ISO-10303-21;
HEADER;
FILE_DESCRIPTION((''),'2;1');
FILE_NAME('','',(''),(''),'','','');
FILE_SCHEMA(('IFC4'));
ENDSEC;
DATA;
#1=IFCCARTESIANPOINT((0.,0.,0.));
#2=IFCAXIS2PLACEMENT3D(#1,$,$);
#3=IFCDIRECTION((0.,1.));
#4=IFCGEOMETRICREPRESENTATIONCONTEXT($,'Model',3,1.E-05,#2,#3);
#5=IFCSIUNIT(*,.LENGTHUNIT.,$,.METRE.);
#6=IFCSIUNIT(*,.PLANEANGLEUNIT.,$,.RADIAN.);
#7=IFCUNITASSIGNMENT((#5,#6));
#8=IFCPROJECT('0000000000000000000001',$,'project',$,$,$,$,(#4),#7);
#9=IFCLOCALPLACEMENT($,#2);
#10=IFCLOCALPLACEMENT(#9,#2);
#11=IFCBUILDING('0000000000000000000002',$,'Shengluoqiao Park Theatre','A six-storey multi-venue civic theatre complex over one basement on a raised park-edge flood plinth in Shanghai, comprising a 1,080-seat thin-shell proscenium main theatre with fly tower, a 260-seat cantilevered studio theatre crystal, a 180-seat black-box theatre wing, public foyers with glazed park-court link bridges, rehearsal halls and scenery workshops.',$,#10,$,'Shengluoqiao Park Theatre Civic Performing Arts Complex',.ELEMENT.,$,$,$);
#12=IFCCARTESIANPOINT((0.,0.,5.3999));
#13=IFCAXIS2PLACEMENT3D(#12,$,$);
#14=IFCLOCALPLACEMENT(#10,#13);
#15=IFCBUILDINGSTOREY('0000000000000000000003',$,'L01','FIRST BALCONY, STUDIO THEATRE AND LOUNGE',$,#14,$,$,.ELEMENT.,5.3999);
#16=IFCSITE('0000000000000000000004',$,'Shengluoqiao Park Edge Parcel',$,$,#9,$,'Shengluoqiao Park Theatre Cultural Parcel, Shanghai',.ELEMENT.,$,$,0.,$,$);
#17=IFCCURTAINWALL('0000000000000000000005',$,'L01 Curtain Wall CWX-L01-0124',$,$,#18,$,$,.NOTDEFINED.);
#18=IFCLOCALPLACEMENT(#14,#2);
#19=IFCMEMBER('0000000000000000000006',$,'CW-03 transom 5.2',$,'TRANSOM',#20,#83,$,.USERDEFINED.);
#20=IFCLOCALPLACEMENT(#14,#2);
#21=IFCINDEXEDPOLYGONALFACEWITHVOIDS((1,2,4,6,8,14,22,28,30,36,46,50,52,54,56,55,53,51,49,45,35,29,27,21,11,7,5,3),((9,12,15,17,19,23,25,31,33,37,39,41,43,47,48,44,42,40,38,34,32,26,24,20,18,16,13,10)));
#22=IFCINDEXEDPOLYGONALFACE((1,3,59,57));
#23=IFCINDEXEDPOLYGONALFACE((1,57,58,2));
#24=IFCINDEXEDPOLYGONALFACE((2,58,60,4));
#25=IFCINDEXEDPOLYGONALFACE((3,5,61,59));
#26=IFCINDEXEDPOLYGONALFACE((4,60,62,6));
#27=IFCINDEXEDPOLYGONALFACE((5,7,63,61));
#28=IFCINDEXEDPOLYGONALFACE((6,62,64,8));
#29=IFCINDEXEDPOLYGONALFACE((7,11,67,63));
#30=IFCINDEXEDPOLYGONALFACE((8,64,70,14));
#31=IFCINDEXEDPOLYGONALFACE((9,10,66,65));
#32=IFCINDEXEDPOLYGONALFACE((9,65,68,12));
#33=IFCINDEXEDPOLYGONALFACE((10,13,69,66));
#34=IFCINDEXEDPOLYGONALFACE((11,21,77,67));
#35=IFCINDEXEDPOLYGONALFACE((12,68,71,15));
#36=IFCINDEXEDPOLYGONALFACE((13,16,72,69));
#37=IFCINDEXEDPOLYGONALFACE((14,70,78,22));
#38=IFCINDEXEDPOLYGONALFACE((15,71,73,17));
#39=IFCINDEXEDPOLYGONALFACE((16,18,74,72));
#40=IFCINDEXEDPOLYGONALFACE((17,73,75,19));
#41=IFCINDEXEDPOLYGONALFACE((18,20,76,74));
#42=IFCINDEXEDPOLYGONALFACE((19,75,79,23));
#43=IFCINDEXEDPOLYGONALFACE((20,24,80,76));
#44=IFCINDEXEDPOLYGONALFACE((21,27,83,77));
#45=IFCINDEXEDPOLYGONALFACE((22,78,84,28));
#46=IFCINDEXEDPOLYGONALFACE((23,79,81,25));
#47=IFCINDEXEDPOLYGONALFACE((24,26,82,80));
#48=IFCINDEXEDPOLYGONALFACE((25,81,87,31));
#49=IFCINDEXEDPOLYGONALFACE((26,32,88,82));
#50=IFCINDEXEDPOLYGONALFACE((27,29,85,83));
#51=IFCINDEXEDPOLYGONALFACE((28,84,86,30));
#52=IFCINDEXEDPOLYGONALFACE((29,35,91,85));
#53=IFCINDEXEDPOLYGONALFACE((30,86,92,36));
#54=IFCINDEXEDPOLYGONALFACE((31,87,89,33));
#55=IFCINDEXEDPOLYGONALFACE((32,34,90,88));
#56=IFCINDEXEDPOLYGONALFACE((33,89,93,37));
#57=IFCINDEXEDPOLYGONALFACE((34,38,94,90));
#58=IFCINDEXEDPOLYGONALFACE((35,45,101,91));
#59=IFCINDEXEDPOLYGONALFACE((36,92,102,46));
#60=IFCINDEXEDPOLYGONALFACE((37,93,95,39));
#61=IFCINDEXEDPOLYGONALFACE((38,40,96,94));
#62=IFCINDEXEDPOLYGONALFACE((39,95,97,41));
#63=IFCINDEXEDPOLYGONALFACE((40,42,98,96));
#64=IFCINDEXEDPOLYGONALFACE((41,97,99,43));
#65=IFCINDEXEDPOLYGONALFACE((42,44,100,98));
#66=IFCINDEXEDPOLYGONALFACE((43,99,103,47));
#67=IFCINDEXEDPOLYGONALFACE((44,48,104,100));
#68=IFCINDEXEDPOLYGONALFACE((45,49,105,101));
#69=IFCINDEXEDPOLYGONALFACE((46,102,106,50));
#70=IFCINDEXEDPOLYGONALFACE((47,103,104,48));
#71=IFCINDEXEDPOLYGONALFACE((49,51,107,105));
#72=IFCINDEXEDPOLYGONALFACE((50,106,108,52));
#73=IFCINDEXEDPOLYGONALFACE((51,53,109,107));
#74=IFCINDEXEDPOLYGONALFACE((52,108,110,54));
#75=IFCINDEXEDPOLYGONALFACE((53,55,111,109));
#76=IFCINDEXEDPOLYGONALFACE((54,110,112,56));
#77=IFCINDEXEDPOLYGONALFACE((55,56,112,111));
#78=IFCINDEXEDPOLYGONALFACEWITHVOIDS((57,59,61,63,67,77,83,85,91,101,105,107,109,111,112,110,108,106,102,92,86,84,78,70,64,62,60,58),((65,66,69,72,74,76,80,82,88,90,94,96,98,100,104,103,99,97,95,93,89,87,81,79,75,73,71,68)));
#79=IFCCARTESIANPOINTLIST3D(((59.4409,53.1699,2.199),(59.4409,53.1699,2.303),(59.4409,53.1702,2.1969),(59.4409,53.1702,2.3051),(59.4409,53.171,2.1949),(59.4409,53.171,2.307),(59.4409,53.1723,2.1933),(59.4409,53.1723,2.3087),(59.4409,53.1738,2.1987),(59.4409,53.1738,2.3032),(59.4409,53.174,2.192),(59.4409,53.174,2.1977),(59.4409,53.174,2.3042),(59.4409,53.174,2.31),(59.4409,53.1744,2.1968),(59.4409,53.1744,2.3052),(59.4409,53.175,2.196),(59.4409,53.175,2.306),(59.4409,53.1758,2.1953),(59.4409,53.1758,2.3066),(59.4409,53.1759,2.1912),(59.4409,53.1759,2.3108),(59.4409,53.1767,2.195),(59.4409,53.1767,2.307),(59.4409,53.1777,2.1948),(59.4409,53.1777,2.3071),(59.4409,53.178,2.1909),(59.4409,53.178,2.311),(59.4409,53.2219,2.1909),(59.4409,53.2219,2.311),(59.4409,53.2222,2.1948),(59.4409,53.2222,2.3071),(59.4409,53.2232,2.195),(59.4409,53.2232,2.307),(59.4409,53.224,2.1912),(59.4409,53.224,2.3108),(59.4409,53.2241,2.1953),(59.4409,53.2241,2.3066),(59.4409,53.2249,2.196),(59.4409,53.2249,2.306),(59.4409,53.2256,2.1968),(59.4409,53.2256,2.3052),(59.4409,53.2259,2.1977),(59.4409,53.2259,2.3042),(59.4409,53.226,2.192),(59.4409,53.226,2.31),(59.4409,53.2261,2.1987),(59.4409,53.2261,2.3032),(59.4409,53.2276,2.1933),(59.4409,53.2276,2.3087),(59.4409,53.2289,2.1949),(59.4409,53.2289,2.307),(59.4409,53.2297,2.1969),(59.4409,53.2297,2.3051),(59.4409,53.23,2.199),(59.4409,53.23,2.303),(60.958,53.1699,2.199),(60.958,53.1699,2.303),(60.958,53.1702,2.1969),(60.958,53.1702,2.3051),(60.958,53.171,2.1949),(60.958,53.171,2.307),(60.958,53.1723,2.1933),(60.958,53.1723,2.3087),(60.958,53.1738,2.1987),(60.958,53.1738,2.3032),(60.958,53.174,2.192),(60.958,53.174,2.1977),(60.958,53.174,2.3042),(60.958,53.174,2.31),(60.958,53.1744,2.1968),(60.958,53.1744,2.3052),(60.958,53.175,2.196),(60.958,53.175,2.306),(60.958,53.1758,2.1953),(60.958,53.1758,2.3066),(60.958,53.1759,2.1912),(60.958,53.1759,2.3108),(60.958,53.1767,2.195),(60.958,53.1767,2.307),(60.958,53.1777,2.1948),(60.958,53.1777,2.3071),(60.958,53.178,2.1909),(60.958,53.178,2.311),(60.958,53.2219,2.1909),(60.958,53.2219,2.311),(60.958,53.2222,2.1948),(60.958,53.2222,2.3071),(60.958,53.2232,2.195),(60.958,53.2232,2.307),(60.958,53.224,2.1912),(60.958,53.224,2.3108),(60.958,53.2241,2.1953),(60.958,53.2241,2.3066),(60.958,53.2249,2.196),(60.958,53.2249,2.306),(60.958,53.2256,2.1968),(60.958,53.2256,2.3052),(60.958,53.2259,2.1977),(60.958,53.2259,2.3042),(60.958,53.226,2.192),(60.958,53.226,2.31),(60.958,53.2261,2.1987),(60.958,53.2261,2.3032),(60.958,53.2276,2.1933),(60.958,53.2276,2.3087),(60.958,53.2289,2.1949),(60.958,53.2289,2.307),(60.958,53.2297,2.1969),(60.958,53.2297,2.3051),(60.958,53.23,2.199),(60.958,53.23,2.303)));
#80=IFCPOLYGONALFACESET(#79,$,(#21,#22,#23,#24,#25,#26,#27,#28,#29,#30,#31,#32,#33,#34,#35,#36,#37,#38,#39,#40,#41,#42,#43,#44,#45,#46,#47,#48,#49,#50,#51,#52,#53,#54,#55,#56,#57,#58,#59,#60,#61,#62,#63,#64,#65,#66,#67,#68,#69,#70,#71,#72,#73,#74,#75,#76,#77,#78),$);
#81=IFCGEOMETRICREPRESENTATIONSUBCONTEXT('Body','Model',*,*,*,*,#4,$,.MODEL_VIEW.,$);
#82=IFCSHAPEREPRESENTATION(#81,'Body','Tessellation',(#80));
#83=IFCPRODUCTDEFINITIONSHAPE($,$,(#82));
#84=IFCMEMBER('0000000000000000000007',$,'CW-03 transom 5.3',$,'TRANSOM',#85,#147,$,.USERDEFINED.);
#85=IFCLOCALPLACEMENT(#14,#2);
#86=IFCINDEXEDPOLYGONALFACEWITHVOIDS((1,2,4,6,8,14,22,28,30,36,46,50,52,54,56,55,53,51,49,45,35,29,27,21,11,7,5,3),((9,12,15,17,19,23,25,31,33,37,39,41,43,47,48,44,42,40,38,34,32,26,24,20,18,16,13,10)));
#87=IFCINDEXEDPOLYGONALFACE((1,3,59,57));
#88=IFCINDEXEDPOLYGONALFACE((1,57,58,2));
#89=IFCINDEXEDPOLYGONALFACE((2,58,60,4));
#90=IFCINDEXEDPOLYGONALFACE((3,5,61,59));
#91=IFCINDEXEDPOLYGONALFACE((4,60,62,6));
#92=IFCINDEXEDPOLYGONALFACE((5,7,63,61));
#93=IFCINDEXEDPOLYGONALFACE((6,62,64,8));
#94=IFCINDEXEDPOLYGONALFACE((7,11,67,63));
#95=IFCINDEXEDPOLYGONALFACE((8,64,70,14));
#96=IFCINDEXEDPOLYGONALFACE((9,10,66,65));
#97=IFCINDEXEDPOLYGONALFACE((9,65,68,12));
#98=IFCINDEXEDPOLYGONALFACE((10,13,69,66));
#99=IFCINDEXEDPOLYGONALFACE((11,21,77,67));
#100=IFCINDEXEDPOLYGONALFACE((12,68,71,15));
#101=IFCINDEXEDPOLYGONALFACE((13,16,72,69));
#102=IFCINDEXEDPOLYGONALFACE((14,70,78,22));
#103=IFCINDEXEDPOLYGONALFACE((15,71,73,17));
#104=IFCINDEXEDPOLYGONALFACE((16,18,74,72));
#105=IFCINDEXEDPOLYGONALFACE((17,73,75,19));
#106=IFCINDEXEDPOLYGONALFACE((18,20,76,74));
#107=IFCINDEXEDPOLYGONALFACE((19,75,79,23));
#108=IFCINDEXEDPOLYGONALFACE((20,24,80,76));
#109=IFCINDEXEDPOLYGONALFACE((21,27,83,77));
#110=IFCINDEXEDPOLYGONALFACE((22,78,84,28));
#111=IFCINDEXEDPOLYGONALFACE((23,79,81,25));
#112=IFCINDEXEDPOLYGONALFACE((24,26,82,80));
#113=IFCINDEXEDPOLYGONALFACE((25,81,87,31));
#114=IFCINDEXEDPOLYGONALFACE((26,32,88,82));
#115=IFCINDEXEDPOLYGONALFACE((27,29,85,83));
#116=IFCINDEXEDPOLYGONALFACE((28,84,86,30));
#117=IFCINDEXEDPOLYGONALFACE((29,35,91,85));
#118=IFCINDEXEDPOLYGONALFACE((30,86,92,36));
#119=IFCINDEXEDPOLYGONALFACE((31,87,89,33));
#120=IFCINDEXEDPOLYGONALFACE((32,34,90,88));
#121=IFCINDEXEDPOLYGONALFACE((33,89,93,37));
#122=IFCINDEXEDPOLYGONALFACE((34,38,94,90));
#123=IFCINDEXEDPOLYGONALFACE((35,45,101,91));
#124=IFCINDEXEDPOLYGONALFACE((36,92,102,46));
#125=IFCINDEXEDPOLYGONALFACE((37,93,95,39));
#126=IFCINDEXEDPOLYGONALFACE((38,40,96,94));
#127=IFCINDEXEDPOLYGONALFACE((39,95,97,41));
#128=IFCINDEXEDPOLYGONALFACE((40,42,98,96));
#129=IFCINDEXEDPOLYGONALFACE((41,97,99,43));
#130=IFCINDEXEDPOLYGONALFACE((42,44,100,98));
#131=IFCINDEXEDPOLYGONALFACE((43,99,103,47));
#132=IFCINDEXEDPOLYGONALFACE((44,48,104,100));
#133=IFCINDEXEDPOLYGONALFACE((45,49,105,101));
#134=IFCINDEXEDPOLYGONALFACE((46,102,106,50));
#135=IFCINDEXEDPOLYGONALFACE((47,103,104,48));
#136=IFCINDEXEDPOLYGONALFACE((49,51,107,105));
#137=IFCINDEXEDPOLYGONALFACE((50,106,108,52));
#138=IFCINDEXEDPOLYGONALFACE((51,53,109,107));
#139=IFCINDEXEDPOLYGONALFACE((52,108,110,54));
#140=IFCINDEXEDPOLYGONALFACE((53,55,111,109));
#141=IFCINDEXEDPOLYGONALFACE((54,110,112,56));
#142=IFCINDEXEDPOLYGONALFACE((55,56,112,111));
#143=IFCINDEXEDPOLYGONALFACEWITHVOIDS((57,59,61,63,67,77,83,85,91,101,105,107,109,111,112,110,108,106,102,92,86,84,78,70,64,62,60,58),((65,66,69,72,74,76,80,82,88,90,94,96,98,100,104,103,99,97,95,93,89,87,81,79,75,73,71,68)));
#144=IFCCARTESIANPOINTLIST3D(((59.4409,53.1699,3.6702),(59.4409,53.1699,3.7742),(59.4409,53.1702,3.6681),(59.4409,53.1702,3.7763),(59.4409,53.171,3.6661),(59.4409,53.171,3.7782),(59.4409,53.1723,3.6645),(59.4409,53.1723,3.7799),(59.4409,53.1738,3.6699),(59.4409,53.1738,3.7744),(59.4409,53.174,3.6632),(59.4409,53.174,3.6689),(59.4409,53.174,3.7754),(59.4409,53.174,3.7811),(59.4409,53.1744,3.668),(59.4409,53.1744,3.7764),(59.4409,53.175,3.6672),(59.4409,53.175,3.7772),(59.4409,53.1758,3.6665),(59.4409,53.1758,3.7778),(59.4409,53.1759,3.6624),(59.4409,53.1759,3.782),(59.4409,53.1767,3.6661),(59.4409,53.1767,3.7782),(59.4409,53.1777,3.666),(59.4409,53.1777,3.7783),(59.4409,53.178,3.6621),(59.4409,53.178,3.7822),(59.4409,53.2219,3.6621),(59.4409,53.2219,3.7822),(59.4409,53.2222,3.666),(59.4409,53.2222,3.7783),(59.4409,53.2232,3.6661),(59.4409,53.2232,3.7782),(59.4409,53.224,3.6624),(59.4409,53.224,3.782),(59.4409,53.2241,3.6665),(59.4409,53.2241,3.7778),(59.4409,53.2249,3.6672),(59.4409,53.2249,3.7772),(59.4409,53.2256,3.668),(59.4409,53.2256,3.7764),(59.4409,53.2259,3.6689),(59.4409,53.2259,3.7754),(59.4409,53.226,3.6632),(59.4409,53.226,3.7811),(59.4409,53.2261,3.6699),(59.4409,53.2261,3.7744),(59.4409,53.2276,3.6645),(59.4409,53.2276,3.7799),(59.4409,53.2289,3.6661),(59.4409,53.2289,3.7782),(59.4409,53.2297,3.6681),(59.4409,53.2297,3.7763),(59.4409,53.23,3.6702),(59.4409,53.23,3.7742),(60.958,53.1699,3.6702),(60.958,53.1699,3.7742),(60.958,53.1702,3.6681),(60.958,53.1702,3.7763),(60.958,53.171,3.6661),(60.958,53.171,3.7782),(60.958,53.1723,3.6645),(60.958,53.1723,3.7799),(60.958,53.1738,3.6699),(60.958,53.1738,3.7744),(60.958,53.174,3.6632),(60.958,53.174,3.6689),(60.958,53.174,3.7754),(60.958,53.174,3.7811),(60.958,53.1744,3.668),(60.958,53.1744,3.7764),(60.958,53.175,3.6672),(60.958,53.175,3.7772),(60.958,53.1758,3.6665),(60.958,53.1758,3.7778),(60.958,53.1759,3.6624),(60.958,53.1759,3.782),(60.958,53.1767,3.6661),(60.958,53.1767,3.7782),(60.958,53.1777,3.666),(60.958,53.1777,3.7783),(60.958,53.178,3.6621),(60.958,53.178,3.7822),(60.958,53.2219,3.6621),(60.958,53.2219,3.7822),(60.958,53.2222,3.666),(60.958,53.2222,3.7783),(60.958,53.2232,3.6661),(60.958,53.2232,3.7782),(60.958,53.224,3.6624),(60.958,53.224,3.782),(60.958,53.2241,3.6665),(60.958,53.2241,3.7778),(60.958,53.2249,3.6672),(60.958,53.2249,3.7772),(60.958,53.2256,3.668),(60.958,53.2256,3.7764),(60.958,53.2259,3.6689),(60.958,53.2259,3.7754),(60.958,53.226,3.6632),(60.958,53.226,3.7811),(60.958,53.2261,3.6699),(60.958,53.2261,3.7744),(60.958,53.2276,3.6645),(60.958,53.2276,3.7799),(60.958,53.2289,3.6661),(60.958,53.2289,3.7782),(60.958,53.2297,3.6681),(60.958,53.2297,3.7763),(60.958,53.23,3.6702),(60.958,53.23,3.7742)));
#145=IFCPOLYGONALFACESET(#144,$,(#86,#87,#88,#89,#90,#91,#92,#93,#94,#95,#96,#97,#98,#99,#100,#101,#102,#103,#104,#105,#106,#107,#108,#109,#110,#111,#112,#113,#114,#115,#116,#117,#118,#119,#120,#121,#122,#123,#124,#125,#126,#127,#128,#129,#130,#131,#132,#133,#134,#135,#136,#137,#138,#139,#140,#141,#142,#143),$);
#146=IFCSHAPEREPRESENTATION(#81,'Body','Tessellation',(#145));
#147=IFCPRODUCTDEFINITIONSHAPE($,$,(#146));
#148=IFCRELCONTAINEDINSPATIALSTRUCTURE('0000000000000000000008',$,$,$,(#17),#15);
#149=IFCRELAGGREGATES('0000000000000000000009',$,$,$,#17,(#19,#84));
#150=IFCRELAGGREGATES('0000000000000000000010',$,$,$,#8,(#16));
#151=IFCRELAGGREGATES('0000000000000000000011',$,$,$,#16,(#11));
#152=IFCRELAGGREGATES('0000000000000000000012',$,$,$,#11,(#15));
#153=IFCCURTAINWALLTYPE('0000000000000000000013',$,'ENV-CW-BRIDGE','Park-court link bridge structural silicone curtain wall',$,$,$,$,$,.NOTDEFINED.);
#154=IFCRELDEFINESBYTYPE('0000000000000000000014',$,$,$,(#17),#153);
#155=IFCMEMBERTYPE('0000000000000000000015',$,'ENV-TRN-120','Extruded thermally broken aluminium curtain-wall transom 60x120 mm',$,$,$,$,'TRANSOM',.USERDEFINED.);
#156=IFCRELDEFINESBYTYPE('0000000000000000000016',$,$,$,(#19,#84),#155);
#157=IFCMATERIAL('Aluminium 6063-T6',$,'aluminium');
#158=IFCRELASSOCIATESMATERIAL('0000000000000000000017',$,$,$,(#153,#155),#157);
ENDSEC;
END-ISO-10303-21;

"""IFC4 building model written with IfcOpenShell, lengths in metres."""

from ifc_helpers import new_model, si_unit, direction, frame, origin, origin_2d, place, context, subcontext, project, spatial, hollow_rectangle, extrude, material, material_profile, profile_set, type_object, element, aggregate, save


model = new_model("IFC4")

# Units and contexts
model_context = context("Model", 3, precision=1e-05, world=origin(), true_north=direction((0.0, 1.0)))
body_context = subcontext(model_context, "Body", "Model", "MODEL_VIEW")
ifc_project = project(units=[si_unit("LENGTHUNIT", "METRE"), si_unit("PLANEANGLEUNIT", "RADIAN")], contexts=[model_context])

# Site, building, storey
site_placement = place(None, origin())
site = spatial("IfcSite", under=ifc_project, at=site_placement, Name="Shengluoqiao Park Edge Parcel", LongName="Shengluoqiao Park Theatre Cultural Parcel, Shanghai", CompositionType="ELEMENT", RefElevation=0.0)
building_placement = place(site_placement, origin())
building = spatial("IfcBuilding", under=site, at=building_placement, Name="Shengluoqiao Park Theatre", Description="A six-storey multi-venue civic theatre complex over one basement on a raised park-edge flood plinth in Shanghai, comprising a 1,080-seat thin-shell proscenium main theatre with fly tower, a 260-seat cantilevered studio theatre crystal, a 180-seat black-box theatre wing, public foyers with glazed park-court link bridges, rehearsal halls and scenery workshops.", LongName="Shengluoqiao Park Theatre Civic Performing Arts Complex", CompositionType="ELEMENT")
storey_placement = place(building_placement, frame((0.0, 0.0, 5.3999)))
storey = spatial("IfcBuildingStorey", under=building, at=storey_placement, Name="L01", Description="FIRST BALCONY, STUDIO THEATRE AND LOUNGE", CompositionType="ELEMENT", Elevation=5.3999)

# Curtain wall
ifc_material_1 = material(Name="Aluminium 6063-T6", Category="aluminium")
curtain_wall_type = type_object("IfcCurtainWallType", Name="ENV-CW-BRIDGE", Description="Park-court link bridge structural silicone curtain wall", PredefinedType="NOTDEFINED", material=ifc_material_1)
curtain_wall_1_placement = place(storey_placement, origin())
curtain_wall_1 = element("IfcCurtainWall", 1, at=curtain_wall_1_placement, inside=storey, type_object=curtain_wall_type, Name="L01 Curtain Wall CWX-L01-0124", PredefinedType="NOTDEFINED")

# Members
ifc_material_profile_1 = material_profile(ifc_material_1, hollow_rectangle(XDim=0.0601, YDim=0.1201, WallThickness=0.0039, InnerFilletRadius=0.0039, OuterFilletRadius=0.0081, at=origin_2d()), Name="ALU TRANSOM 120x60x4")
ifc_profile_set_1 = profile_set([ifc_material_profile_1], Name="Aluminium 6063-T6")
member_type_1 = type_object("IfcMemberType", Name="ENV-TRN-120", Description="Extruded thermally broken aluminium curtain-wall transom 60x120 mm", ElementType="TRANSOM", PredefinedType="USERDEFINED", material=ifc_profile_set_1)
member_1_placement = place(storey_placement, frame((59.4409, 53.2, 2.251), z_axis=(1.0, 0.0, 0.0), x_axis=(0.0, 1.0, 0.0)))
member_1 = element("IfcMember", 2, at=member_1_placement, type_object=member_type_1, Name="CW-03 transom 5.2", ObjectType="TRANSOM", PredefinedType="USERDEFINED", context=body_context, shape_type="SweptSolid", body=[
    extrude(hollow_rectangle(XDim=0.0601, YDim=0.1201, WallThickness=0.0039, InnerFilletRadius=0.0039, OuterFilletRadius=0.0081, at=origin_2d()), origin(), (0.0, 0.0, 1.0), 1.5171),
])
member_2_placement = place(storey_placement, frame((59.4409, 53.2, 3.7222), z_axis=(1.0, 0.0, 0.0), x_axis=(0.0, 1.0, 0.0)))
member_2 = element("IfcMember", 3, at=member_2_placement, type_object=member_type_1, Name="CW-03 transom 5.3", ObjectType="TRANSOM", PredefinedType="USERDEFINED", context=body_context, shape_type="SweptSolid", body=[
    extrude(hollow_rectangle(XDim=0.0601, YDim=0.1201, WallThickness=0.0039, InnerFilletRadius=0.0039, OuterFilletRadius=0.0081, at=origin_2d()), origin(), (0.0, 0.0, 1.0), 1.5171),
])

aggregate(curtain_wall_1, [member_1, member_2])

save(model, "model.ifc")
